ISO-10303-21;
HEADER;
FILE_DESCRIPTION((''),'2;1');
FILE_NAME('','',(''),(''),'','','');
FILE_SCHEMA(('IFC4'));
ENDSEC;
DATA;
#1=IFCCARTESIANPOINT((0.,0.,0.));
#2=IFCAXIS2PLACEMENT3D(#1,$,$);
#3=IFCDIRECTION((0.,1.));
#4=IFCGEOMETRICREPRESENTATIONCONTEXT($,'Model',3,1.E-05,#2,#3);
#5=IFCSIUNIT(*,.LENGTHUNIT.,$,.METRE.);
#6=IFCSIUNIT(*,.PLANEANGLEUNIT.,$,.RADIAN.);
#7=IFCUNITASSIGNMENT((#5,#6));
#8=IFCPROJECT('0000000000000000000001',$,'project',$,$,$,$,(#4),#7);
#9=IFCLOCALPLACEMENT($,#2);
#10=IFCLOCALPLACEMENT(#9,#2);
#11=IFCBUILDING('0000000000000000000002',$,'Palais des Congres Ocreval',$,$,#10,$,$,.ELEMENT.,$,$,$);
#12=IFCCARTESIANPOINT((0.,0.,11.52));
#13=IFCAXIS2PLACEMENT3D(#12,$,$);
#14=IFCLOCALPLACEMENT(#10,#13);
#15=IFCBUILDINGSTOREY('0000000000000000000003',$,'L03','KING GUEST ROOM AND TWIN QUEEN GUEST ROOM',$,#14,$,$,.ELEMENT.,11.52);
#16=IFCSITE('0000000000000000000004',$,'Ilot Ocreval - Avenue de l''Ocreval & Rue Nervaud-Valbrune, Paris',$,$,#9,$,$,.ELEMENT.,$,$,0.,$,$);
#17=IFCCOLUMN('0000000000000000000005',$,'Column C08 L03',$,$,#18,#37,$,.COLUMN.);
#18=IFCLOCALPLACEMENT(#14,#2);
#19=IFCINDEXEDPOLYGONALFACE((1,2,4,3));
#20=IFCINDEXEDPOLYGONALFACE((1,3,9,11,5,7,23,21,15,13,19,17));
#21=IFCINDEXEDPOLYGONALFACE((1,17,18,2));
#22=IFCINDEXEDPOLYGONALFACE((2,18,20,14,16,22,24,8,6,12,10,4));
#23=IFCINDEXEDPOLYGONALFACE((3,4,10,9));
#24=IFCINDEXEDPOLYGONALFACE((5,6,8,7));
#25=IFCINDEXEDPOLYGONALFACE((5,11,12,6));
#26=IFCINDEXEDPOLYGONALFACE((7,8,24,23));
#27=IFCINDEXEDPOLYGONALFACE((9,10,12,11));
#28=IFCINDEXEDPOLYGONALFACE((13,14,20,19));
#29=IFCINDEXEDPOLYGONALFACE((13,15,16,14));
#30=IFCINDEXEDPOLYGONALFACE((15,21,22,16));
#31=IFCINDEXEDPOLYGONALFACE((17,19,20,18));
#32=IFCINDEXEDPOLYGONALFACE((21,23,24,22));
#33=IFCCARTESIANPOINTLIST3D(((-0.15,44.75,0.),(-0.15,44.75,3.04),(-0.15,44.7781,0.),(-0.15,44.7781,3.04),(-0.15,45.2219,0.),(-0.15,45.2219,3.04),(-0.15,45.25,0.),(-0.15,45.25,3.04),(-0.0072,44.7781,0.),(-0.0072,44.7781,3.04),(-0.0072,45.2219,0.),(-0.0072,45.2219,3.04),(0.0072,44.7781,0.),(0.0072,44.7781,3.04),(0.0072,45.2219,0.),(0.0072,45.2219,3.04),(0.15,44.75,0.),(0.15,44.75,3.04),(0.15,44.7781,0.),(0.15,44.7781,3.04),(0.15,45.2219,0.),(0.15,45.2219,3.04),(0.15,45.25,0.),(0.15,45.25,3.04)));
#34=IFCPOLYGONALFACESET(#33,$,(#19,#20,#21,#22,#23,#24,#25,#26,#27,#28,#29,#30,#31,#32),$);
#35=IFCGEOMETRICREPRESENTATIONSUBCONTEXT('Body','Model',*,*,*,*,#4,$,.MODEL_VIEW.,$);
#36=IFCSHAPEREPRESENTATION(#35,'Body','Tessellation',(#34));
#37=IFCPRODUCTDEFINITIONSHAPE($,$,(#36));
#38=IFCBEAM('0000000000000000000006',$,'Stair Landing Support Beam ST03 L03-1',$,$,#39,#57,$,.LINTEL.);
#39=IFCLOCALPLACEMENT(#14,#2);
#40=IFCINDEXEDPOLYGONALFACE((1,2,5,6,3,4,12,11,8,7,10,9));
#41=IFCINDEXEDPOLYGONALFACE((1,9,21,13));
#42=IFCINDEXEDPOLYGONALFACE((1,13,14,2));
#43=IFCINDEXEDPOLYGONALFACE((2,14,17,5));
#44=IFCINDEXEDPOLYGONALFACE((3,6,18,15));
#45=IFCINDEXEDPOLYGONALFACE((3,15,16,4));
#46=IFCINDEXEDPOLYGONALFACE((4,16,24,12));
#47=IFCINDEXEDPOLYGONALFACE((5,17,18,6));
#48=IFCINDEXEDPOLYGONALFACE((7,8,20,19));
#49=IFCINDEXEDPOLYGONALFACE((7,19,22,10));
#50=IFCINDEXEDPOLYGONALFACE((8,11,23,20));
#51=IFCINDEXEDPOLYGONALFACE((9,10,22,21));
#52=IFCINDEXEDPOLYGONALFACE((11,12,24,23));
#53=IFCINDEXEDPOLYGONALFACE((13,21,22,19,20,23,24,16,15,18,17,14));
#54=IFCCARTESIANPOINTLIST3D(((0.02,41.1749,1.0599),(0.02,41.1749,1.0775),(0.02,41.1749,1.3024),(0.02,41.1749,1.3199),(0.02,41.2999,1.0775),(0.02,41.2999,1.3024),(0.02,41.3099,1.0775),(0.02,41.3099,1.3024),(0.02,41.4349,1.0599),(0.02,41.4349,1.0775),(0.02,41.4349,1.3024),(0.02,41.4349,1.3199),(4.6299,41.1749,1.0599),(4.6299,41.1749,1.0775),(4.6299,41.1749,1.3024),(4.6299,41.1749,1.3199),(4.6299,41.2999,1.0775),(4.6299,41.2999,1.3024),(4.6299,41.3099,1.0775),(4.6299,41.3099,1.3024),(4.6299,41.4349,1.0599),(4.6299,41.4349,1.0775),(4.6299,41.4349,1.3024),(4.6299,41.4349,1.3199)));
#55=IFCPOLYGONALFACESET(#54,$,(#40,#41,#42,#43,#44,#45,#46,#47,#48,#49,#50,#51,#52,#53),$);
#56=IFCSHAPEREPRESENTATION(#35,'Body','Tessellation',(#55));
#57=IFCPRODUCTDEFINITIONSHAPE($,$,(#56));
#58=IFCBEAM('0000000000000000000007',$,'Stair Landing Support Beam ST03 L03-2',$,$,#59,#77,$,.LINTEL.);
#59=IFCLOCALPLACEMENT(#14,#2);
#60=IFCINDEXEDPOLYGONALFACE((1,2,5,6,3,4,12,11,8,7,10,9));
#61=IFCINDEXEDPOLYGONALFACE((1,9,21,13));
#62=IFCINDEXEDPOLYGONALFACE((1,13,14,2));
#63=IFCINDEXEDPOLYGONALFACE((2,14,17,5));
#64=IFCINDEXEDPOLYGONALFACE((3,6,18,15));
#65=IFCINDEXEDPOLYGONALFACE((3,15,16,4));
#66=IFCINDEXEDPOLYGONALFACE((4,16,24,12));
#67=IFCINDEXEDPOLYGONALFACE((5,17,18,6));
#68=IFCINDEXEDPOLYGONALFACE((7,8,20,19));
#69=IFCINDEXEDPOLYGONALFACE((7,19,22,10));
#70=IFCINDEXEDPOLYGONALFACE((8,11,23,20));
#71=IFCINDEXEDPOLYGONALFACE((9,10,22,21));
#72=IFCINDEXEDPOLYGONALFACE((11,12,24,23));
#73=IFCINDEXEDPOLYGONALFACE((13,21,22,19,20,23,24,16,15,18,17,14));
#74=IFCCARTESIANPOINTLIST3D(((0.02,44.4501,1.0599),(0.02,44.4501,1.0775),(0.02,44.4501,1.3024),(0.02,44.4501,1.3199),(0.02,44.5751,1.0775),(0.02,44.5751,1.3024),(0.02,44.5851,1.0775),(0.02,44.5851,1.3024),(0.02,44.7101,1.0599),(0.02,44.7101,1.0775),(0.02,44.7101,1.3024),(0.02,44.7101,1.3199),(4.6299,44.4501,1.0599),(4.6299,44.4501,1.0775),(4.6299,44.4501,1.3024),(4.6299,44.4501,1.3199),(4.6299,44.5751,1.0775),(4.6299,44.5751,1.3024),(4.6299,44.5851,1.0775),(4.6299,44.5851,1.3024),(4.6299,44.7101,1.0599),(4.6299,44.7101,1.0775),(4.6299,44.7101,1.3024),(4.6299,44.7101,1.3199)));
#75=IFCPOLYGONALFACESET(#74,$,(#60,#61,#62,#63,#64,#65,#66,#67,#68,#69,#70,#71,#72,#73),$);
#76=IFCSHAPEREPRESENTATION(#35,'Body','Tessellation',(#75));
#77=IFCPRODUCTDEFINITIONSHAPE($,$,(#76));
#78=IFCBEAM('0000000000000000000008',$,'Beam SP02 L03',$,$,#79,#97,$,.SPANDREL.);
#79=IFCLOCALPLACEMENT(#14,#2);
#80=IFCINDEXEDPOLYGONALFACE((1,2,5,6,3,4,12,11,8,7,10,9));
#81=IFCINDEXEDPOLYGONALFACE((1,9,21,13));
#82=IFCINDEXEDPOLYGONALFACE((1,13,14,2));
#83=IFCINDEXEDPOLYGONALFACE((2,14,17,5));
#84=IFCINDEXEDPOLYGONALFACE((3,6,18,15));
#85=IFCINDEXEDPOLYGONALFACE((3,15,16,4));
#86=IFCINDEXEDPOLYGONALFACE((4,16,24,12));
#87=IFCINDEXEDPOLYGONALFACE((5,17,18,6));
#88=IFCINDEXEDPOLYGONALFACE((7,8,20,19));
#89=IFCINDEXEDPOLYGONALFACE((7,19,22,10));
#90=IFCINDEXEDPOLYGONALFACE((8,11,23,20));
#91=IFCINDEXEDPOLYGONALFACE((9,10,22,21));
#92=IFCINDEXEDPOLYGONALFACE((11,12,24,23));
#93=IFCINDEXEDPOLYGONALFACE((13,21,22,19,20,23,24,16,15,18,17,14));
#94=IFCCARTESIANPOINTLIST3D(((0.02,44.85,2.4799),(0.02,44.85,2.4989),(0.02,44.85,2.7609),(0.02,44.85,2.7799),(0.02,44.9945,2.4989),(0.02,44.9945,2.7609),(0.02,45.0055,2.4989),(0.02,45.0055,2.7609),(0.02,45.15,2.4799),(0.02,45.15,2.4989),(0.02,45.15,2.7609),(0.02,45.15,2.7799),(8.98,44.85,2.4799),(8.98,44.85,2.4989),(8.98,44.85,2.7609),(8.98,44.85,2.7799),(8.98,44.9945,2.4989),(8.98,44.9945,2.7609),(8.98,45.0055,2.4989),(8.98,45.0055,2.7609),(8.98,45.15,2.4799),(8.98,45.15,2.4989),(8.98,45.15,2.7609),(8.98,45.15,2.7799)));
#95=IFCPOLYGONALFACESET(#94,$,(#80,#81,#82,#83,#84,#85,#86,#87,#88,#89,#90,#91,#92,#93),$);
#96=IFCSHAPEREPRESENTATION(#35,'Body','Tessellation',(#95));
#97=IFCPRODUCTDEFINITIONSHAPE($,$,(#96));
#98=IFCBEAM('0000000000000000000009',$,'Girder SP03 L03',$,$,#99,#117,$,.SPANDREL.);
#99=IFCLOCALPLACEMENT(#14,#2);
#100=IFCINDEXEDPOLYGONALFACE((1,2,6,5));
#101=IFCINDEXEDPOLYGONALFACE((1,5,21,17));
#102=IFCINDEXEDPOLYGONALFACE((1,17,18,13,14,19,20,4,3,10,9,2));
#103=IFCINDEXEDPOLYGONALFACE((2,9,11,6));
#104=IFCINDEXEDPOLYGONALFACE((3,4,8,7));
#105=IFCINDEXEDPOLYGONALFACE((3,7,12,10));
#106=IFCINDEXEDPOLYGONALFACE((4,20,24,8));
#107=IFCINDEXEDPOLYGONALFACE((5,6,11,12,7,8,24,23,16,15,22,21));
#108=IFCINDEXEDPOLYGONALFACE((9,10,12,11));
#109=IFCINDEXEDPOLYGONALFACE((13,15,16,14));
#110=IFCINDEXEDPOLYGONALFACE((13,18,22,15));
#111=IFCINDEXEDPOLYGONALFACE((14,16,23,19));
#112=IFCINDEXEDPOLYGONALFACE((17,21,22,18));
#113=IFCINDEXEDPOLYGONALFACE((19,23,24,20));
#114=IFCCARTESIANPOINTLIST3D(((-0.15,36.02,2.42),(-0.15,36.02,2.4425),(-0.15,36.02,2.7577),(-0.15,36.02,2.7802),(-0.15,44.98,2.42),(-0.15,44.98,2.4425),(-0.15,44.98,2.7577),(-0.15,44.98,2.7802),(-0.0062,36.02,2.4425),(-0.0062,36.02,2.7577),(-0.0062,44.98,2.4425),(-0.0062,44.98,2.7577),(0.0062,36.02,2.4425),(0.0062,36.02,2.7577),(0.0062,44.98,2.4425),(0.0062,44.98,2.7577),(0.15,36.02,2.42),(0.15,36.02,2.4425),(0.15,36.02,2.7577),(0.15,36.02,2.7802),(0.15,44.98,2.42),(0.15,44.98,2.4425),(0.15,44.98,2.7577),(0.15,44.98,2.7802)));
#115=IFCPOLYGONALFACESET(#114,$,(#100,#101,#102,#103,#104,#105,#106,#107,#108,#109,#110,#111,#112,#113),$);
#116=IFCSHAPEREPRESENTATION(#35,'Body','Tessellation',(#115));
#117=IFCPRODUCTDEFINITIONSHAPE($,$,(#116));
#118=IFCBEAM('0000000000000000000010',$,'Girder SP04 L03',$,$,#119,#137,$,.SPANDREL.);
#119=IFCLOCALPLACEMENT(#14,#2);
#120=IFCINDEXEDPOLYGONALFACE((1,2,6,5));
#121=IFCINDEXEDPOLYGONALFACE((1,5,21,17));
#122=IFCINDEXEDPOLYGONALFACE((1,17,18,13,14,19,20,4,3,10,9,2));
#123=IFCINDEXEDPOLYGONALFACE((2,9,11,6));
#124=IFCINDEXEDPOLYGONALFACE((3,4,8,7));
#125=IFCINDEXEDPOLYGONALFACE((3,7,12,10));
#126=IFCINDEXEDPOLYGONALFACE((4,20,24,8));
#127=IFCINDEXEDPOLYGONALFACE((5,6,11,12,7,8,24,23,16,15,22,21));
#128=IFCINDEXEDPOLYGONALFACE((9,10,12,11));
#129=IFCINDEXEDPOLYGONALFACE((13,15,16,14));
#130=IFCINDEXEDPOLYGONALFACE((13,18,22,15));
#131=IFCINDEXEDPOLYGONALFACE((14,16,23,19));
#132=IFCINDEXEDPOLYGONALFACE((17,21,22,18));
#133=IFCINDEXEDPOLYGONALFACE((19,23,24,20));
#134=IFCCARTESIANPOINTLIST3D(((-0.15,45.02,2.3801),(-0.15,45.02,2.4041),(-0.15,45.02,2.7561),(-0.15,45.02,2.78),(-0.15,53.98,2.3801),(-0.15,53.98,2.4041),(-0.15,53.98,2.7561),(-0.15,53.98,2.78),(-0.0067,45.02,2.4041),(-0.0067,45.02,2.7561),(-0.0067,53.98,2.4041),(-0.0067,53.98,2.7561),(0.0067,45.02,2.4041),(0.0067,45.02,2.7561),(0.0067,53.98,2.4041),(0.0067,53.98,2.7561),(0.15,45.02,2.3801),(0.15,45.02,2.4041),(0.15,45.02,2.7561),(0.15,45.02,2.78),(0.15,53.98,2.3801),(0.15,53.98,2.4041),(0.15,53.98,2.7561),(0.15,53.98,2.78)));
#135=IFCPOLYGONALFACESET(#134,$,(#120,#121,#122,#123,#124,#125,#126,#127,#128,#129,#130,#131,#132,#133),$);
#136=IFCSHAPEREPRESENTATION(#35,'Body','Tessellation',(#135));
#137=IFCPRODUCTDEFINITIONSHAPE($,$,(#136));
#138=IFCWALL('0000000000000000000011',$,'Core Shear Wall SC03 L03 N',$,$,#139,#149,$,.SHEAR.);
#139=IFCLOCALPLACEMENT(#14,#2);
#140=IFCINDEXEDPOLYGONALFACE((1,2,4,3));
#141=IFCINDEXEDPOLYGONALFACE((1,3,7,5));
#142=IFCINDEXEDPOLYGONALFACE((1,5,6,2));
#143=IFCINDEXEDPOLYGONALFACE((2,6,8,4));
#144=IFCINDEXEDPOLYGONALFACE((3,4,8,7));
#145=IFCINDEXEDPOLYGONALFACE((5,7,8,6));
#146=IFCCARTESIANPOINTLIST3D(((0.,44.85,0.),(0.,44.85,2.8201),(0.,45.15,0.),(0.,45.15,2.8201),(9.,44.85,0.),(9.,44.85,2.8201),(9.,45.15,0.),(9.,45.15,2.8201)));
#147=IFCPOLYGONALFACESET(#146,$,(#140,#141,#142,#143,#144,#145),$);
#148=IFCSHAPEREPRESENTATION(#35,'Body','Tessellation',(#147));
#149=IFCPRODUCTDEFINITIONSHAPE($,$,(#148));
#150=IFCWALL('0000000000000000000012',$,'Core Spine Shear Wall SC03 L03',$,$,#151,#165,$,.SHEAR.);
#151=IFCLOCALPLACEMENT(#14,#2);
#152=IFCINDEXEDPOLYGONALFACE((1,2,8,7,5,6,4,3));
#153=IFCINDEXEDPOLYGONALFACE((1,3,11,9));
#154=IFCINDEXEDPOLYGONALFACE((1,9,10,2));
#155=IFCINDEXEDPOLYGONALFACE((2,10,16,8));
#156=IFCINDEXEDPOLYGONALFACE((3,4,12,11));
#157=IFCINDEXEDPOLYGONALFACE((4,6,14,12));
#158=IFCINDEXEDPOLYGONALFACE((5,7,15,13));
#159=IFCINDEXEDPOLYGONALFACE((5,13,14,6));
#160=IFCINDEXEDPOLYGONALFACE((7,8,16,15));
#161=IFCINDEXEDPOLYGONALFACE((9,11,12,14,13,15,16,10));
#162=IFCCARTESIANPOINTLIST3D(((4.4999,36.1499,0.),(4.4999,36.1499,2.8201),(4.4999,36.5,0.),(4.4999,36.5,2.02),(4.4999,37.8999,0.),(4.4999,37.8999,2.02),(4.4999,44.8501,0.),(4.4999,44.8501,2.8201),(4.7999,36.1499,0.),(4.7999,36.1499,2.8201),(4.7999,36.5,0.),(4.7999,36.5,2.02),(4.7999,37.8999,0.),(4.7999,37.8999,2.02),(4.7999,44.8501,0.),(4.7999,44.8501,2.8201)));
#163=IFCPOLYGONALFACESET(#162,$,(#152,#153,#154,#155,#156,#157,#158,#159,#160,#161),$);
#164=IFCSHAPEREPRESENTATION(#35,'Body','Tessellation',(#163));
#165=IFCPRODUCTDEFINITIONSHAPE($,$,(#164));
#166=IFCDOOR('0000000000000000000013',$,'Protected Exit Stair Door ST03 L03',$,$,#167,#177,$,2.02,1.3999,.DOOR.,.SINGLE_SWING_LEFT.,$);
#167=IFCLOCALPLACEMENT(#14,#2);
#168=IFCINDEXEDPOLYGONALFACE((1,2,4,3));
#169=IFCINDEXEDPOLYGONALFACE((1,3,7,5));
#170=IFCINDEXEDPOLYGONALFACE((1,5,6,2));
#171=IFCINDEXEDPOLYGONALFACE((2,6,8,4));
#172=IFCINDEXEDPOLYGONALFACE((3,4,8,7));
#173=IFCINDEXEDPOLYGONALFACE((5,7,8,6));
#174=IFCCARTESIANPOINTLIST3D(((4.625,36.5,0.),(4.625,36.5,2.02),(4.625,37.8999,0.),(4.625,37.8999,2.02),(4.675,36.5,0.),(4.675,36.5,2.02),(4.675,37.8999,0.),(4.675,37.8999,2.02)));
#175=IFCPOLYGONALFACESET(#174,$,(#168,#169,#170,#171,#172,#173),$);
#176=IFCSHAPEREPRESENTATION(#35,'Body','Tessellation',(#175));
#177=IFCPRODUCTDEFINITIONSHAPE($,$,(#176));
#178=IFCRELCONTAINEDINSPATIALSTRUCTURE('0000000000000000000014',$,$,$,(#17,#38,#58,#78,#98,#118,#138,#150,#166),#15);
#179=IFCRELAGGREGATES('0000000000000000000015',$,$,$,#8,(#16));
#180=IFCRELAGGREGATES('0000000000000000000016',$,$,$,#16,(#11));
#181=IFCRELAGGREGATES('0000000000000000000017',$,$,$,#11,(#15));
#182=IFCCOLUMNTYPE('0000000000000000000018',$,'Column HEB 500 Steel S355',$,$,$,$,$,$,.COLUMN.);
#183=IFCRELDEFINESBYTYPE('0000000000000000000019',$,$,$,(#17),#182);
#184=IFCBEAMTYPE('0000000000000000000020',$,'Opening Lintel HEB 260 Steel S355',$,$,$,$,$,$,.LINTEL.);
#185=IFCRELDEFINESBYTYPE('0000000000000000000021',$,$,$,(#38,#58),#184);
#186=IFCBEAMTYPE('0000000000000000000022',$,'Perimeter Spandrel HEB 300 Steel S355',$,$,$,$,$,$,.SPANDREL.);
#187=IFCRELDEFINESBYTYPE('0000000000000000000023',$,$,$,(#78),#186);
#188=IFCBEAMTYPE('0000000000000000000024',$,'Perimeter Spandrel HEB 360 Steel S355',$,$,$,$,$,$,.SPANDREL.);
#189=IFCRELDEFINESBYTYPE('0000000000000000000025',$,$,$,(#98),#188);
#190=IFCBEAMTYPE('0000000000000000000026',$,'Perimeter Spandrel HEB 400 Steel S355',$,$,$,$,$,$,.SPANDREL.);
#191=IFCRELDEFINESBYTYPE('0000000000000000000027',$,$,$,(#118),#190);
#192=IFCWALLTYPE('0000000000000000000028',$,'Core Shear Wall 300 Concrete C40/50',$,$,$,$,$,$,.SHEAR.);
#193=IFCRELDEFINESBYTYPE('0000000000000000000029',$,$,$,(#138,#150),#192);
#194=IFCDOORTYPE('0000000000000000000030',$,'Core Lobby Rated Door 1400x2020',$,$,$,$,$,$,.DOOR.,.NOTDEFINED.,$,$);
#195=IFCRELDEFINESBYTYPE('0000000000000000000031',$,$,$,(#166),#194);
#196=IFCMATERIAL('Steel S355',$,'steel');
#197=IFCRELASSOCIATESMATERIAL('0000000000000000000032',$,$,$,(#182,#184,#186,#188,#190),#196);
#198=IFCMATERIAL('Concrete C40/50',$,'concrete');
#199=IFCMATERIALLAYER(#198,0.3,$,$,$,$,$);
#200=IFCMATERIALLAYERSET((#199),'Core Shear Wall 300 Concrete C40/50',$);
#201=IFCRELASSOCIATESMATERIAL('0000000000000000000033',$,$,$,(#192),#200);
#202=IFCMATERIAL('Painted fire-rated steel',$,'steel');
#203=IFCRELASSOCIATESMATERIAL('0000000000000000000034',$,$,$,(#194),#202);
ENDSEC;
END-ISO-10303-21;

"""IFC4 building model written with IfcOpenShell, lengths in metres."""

from ifc_helpers import new_model, si_unit, direction, frame, frame_2d, origin, origin_2d, place, context, subcontext, project, spatial, rectangle, i_section, extrude, material, layer, layer_set, material_profile, profile_set, type_object, element, fill, save


model = new_model("IFC4")

# Units and contexts
model_context = context("Model", 3, precision=1e-05, world=origin(), true_north=direction((0.0, 1.0)))
body_context = subcontext(model_context, "Body", "Model", "MODEL_VIEW")
ifc_project = project(units=[si_unit("LENGTHUNIT", "METRE"), si_unit("PLANEANGLEUNIT", "RADIAN")], contexts=[model_context])

# Site, building, storey
site_placement = place(None, origin())
site = spatial("IfcSite", under=ifc_project, at=site_placement, Name="Ilot Ocreval - Avenue de l'Ocreval & Rue Nervaud-Valbrune, Paris", CompositionType="ELEMENT", RefElevation=0.0)
building_placement = place(site_placement, origin())
building = spatial("IfcBuilding", under=site, at=building_placement, Name="Palais des Congres Ocreval", CompositionType="ELEMENT")
storey_placement = place(building_placement, frame((0.0, 0.0, 11.52)))
storey = spatial("IfcBuildingStorey", under=building, at=storey_placement, Name="L03", Description="KING GUEST ROOM AND TWIN QUEEN GUEST ROOM", CompositionType="ELEMENT", Elevation=11.52)

# Column
ifc_material_1 = material(Name="Steel S355", Category="steel")
ifc_material_profile_1 = material_profile(ifc_material_1, i_section(OverallWidth=0.3, OverallDepth=0.5, WebThickness=0.0144, FlangeThickness=0.0281, at=origin_2d()), Name="HEB 500")
ifc_profile_set_1 = profile_set([ifc_material_profile_1], Name="Steel S355")
column_type = type_object("IfcColumnType", Name="Column HEB 500 Steel S355", PredefinedType="COLUMN", material=ifc_profile_set_1)
column_placement = place(storey_placement, frame((0.0, 45.0, 0.0), z_axis=(0.0, 0.0, 1.0), x_axis=(1.0, 0.0, 0.0)))
element("IfcColumn", 1, at=column_placement, inside=storey, type_object=column_type, Name="Column C08 L03", PredefinedType="COLUMN", context=body_context, shape_type="SweptSolid", body=[
    extrude(i_section(OverallWidth=0.3, OverallDepth=0.5, WebThickness=0.0144, FlangeThickness=0.0281, at=origin_2d()), origin(), (0.0, 0.0, 1.0), 3.04),
])

# Beams
ifc_material_profile_2 = material_profile(ifc_material_1, i_section(OverallWidth=0.26, OverallDepth=0.26, WebThickness=0.01, FlangeThickness=0.0176, at=origin_2d()), Name="HEB 260")
ifc_profile_set_2 = profile_set([ifc_material_profile_2], Name="Steel S355")
beam_type_1 = type_object("IfcBeamType", Name="Opening Lintel HEB 260 Steel S355", PredefinedType="LINTEL", material=ifc_profile_set_2)
for number, where, z_axis, x_axis, name in (
    (2, (0.02, 41.3049, 1.1899), (1.0, 0.0, 0.0), (0.0, 1.0, 0.0), "Stair Landing Support Beam ST03 L03-1"),
    (3, (0.02, 44.5801, 1.1899), (1.0, 0.0, 0.0), (0.0, 1.0, 0.0), "Stair Landing Support Beam ST03 L03-2"),
):
    element("IfcBeam", number, at=place(storey_placement, frame(where, z_axis=z_axis, x_axis=x_axis)), inside=storey, type_object=beam_type_1, Name=name, PredefinedType="LINTEL", context=body_context, shape_type="SweptSolid", body=[
        extrude(i_section(OverallWidth=0.26, OverallDepth=0.26, WebThickness=0.01, FlangeThickness=0.0176, at=origin_2d()), origin(), (0.0, 0.0, 1.0), 4.6099),
    ])
ifc_material_profile_3 = material_profile(ifc_material_1, i_section(OverallWidth=0.3, OverallDepth=0.3, WebThickness=0.011, FlangeThickness=0.019, at=origin_2d()), Name="HEB 300")
ifc_profile_set_3 = profile_set([ifc_material_profile_3], Name="Steel S355")
beam_type_2 = type_object("IfcBeamType", Name="Perimeter Spandrel HEB 300 Steel S355", PredefinedType="SPANDREL", material=ifc_profile_set_3)
beam_1_placement = place(storey_placement, frame((0.02, 45.0, 2.6299), z_axis=(1.0, 0.0, 0.0), x_axis=(0.0, 1.0, 0.0)))
element("IfcBeam", 4, at=beam_1_placement, inside=storey, type_object=beam_type_2, Name="Beam SP02 L03", PredefinedType="SPANDREL", context=body_context, shape_type="SweptSolid", body=[
    extrude(i_section(OverallWidth=0.3, OverallDepth=0.3, WebThickness=0.011, FlangeThickness=0.019, at=origin_2d()), origin(), (0.0, 0.0, 1.0), 8.96),
])
ifc_material_profile_4 = material_profile(ifc_material_1, i_section(OverallWidth=0.3, OverallDepth=0.3601, WebThickness=0.0125, FlangeThickness=0.0225, at=origin_2d()), Name="HEB 360")
ifc_profile_set_4 = profile_set([ifc_material_profile_4], Name="Steel S355")
beam_type_3 = type_object("IfcBeamType", Name="Perimeter Spandrel HEB 360 Steel S355", PredefinedType="SPANDREL", material=ifc_profile_set_4)
beam_2_placement = place(storey_placement, frame((0.0, 36.02, 2.6001), z_axis=(0.0, 1.0, 0.0), x_axis=(-1.0, 0.0, 0.0)))
element("IfcBeam", 5, at=beam_2_placement, inside=storey, type_object=beam_type_3, Name="Girder SP03 L03", PredefinedType="SPANDREL", context=body_context, shape_type="SweptSolid", body=[
    extrude(i_section(OverallWidth=0.3, OverallDepth=0.3601, WebThickness=0.0125, FlangeThickness=0.0225, at=origin_2d()), origin(), (0.0, 0.0, 1.0), 8.96),
])
ifc_material_profile_5 = material_profile(ifc_material_1, i_section(OverallWidth=0.3, OverallDepth=0.3999, WebThickness=0.0134, FlangeThickness=0.0239, at=origin_2d()), Name="HEB 400")
ifc_profile_set_5 = profile_set([ifc_material_profile_5], Name="Steel S355")
beam_type_4 = type_object("IfcBeamType", Name="Perimeter Spandrel HEB 400 Steel S355", PredefinedType="SPANDREL", material=ifc_profile_set_5)
beam_3_placement = place(storey_placement, frame((0.0, 45.02, 2.5801), z_axis=(0.0, 1.0, 0.0), x_axis=(-1.0, 0.0, 0.0)))
element("IfcBeam", 6, at=beam_3_placement, inside=storey, type_object=beam_type_4, Name="Girder SP04 L03", PredefinedType="SPANDREL", context=body_context, shape_type="SweptSolid", body=[
    extrude(i_section(OverallWidth=0.3, OverallDepth=0.3999, WebThickness=0.0134, FlangeThickness=0.0239, at=origin_2d()), origin(), (0.0, 0.0, 1.0), 8.96),
])

# Wall
ifc_material_2 = material(Name="Concrete C40/50", Category="concrete")
ifc_layer_1 = layer(ifc_material_2, 0.3)
ifc_layer_set_1 = layer_set([ifc_layer_1], Name="Core Shear Wall 300 Concrete C40/50")
wall_type_1 = type_object("IfcWallType", Name="Core Shear Wall 300 Concrete C40/50", PredefinedType="SHEAR", material=ifc_layer_set_1)
wall_1_placement = place(storey_placement, frame((0.0, 45.0, 0.0), z_axis=(0.0, 0.0, 1.0), x_axis=(1.0, 0.0, 0.0)))
element("IfcWall", 7, at=wall_1_placement, inside=storey, type_object=wall_type_1, Name="Core Shear Wall SC03 L03 N", PredefinedType="SHEAR", context=body_context, shape_type="SweptSolid", body=[
    extrude(rectangle(XDim=9.0, YDim=0.3, at=frame_2d((4.5, 0.0))), origin(), (0.0, 0.0, 1.0), 2.8201),
])

# Wall, opening, door
wall_2_placement = place(storey_placement, frame((4.6499, 36.1499, 0.0), z_axis=(0.0, 0.0, 1.0), x_axis=(0.0, 1.0, 0.0)))
wall_2 = element("IfcWall", 8, at=wall_2_placement, inside=storey, type_object=wall_type_1, Name="Core Spine Shear Wall SC03 L03", PredefinedType="SHEAR", context=body_context, shape_type="SweptSolid", body=[
    extrude(rectangle(XDim=8.7002, YDim=0.3, at=frame_2d((4.3501, 0.0))), origin(), (0.0, 0.0, 1.0), 2.8201),
])
opening_1_placement = place(wall_2_placement, frame((0.3501, 0.0, 0.0)))
opening_1 = element("IfcOpeningElement", 9, at=opening_1_placement, cuts=wall_2, PredefinedType="OPENING", context=body_context, shape_type="SweptSolid", body=[
    extrude(rectangle(XDim=1.3999, YDim=2.02, at=frame_2d((0.7, 1.01))), frame((0.0, 0.1599, 0.0), z_axis=(0.0, -1.0, 0.0), x_axis=(1.0, 0.0, 0.0)), (0.0, 0.0, 1.0), 0.3201),
])
ifc_material_3 = material(Name="Painted fire-rated steel", Category="steel")
door_type = type_object("IfcDoorType", Name="Core Lobby Rated Door 1400x2020", OperationType="NOTDEFINED", PredefinedType="DOOR", material=ifc_material_3)
door_placement = place(opening_1_placement, origin())
door = element("IfcDoor", 10, at=door_placement, inside=storey, type_object=door_type, Name="Protected Exit Stair Door ST03 L03", OperationType="SINGLE_SWING_LEFT", OverallHeight=2.02, OverallWidth=1.3999, PredefinedType="DOOR", context=body_context, shape_type="SweptSolid", body=[
    extrude(rectangle(XDim=1.3999, YDim=2.02, at=frame_2d((0.7, 1.01))), frame((0.0, 0.0249, 0.0), z_axis=(0.0, -1.0, 0.0), x_axis=(1.0, 0.0, 0.0)), (0.0, 0.0, 1.0), 0.05),
])
fill(opening_1, door)

save(model, "model.ifc")
